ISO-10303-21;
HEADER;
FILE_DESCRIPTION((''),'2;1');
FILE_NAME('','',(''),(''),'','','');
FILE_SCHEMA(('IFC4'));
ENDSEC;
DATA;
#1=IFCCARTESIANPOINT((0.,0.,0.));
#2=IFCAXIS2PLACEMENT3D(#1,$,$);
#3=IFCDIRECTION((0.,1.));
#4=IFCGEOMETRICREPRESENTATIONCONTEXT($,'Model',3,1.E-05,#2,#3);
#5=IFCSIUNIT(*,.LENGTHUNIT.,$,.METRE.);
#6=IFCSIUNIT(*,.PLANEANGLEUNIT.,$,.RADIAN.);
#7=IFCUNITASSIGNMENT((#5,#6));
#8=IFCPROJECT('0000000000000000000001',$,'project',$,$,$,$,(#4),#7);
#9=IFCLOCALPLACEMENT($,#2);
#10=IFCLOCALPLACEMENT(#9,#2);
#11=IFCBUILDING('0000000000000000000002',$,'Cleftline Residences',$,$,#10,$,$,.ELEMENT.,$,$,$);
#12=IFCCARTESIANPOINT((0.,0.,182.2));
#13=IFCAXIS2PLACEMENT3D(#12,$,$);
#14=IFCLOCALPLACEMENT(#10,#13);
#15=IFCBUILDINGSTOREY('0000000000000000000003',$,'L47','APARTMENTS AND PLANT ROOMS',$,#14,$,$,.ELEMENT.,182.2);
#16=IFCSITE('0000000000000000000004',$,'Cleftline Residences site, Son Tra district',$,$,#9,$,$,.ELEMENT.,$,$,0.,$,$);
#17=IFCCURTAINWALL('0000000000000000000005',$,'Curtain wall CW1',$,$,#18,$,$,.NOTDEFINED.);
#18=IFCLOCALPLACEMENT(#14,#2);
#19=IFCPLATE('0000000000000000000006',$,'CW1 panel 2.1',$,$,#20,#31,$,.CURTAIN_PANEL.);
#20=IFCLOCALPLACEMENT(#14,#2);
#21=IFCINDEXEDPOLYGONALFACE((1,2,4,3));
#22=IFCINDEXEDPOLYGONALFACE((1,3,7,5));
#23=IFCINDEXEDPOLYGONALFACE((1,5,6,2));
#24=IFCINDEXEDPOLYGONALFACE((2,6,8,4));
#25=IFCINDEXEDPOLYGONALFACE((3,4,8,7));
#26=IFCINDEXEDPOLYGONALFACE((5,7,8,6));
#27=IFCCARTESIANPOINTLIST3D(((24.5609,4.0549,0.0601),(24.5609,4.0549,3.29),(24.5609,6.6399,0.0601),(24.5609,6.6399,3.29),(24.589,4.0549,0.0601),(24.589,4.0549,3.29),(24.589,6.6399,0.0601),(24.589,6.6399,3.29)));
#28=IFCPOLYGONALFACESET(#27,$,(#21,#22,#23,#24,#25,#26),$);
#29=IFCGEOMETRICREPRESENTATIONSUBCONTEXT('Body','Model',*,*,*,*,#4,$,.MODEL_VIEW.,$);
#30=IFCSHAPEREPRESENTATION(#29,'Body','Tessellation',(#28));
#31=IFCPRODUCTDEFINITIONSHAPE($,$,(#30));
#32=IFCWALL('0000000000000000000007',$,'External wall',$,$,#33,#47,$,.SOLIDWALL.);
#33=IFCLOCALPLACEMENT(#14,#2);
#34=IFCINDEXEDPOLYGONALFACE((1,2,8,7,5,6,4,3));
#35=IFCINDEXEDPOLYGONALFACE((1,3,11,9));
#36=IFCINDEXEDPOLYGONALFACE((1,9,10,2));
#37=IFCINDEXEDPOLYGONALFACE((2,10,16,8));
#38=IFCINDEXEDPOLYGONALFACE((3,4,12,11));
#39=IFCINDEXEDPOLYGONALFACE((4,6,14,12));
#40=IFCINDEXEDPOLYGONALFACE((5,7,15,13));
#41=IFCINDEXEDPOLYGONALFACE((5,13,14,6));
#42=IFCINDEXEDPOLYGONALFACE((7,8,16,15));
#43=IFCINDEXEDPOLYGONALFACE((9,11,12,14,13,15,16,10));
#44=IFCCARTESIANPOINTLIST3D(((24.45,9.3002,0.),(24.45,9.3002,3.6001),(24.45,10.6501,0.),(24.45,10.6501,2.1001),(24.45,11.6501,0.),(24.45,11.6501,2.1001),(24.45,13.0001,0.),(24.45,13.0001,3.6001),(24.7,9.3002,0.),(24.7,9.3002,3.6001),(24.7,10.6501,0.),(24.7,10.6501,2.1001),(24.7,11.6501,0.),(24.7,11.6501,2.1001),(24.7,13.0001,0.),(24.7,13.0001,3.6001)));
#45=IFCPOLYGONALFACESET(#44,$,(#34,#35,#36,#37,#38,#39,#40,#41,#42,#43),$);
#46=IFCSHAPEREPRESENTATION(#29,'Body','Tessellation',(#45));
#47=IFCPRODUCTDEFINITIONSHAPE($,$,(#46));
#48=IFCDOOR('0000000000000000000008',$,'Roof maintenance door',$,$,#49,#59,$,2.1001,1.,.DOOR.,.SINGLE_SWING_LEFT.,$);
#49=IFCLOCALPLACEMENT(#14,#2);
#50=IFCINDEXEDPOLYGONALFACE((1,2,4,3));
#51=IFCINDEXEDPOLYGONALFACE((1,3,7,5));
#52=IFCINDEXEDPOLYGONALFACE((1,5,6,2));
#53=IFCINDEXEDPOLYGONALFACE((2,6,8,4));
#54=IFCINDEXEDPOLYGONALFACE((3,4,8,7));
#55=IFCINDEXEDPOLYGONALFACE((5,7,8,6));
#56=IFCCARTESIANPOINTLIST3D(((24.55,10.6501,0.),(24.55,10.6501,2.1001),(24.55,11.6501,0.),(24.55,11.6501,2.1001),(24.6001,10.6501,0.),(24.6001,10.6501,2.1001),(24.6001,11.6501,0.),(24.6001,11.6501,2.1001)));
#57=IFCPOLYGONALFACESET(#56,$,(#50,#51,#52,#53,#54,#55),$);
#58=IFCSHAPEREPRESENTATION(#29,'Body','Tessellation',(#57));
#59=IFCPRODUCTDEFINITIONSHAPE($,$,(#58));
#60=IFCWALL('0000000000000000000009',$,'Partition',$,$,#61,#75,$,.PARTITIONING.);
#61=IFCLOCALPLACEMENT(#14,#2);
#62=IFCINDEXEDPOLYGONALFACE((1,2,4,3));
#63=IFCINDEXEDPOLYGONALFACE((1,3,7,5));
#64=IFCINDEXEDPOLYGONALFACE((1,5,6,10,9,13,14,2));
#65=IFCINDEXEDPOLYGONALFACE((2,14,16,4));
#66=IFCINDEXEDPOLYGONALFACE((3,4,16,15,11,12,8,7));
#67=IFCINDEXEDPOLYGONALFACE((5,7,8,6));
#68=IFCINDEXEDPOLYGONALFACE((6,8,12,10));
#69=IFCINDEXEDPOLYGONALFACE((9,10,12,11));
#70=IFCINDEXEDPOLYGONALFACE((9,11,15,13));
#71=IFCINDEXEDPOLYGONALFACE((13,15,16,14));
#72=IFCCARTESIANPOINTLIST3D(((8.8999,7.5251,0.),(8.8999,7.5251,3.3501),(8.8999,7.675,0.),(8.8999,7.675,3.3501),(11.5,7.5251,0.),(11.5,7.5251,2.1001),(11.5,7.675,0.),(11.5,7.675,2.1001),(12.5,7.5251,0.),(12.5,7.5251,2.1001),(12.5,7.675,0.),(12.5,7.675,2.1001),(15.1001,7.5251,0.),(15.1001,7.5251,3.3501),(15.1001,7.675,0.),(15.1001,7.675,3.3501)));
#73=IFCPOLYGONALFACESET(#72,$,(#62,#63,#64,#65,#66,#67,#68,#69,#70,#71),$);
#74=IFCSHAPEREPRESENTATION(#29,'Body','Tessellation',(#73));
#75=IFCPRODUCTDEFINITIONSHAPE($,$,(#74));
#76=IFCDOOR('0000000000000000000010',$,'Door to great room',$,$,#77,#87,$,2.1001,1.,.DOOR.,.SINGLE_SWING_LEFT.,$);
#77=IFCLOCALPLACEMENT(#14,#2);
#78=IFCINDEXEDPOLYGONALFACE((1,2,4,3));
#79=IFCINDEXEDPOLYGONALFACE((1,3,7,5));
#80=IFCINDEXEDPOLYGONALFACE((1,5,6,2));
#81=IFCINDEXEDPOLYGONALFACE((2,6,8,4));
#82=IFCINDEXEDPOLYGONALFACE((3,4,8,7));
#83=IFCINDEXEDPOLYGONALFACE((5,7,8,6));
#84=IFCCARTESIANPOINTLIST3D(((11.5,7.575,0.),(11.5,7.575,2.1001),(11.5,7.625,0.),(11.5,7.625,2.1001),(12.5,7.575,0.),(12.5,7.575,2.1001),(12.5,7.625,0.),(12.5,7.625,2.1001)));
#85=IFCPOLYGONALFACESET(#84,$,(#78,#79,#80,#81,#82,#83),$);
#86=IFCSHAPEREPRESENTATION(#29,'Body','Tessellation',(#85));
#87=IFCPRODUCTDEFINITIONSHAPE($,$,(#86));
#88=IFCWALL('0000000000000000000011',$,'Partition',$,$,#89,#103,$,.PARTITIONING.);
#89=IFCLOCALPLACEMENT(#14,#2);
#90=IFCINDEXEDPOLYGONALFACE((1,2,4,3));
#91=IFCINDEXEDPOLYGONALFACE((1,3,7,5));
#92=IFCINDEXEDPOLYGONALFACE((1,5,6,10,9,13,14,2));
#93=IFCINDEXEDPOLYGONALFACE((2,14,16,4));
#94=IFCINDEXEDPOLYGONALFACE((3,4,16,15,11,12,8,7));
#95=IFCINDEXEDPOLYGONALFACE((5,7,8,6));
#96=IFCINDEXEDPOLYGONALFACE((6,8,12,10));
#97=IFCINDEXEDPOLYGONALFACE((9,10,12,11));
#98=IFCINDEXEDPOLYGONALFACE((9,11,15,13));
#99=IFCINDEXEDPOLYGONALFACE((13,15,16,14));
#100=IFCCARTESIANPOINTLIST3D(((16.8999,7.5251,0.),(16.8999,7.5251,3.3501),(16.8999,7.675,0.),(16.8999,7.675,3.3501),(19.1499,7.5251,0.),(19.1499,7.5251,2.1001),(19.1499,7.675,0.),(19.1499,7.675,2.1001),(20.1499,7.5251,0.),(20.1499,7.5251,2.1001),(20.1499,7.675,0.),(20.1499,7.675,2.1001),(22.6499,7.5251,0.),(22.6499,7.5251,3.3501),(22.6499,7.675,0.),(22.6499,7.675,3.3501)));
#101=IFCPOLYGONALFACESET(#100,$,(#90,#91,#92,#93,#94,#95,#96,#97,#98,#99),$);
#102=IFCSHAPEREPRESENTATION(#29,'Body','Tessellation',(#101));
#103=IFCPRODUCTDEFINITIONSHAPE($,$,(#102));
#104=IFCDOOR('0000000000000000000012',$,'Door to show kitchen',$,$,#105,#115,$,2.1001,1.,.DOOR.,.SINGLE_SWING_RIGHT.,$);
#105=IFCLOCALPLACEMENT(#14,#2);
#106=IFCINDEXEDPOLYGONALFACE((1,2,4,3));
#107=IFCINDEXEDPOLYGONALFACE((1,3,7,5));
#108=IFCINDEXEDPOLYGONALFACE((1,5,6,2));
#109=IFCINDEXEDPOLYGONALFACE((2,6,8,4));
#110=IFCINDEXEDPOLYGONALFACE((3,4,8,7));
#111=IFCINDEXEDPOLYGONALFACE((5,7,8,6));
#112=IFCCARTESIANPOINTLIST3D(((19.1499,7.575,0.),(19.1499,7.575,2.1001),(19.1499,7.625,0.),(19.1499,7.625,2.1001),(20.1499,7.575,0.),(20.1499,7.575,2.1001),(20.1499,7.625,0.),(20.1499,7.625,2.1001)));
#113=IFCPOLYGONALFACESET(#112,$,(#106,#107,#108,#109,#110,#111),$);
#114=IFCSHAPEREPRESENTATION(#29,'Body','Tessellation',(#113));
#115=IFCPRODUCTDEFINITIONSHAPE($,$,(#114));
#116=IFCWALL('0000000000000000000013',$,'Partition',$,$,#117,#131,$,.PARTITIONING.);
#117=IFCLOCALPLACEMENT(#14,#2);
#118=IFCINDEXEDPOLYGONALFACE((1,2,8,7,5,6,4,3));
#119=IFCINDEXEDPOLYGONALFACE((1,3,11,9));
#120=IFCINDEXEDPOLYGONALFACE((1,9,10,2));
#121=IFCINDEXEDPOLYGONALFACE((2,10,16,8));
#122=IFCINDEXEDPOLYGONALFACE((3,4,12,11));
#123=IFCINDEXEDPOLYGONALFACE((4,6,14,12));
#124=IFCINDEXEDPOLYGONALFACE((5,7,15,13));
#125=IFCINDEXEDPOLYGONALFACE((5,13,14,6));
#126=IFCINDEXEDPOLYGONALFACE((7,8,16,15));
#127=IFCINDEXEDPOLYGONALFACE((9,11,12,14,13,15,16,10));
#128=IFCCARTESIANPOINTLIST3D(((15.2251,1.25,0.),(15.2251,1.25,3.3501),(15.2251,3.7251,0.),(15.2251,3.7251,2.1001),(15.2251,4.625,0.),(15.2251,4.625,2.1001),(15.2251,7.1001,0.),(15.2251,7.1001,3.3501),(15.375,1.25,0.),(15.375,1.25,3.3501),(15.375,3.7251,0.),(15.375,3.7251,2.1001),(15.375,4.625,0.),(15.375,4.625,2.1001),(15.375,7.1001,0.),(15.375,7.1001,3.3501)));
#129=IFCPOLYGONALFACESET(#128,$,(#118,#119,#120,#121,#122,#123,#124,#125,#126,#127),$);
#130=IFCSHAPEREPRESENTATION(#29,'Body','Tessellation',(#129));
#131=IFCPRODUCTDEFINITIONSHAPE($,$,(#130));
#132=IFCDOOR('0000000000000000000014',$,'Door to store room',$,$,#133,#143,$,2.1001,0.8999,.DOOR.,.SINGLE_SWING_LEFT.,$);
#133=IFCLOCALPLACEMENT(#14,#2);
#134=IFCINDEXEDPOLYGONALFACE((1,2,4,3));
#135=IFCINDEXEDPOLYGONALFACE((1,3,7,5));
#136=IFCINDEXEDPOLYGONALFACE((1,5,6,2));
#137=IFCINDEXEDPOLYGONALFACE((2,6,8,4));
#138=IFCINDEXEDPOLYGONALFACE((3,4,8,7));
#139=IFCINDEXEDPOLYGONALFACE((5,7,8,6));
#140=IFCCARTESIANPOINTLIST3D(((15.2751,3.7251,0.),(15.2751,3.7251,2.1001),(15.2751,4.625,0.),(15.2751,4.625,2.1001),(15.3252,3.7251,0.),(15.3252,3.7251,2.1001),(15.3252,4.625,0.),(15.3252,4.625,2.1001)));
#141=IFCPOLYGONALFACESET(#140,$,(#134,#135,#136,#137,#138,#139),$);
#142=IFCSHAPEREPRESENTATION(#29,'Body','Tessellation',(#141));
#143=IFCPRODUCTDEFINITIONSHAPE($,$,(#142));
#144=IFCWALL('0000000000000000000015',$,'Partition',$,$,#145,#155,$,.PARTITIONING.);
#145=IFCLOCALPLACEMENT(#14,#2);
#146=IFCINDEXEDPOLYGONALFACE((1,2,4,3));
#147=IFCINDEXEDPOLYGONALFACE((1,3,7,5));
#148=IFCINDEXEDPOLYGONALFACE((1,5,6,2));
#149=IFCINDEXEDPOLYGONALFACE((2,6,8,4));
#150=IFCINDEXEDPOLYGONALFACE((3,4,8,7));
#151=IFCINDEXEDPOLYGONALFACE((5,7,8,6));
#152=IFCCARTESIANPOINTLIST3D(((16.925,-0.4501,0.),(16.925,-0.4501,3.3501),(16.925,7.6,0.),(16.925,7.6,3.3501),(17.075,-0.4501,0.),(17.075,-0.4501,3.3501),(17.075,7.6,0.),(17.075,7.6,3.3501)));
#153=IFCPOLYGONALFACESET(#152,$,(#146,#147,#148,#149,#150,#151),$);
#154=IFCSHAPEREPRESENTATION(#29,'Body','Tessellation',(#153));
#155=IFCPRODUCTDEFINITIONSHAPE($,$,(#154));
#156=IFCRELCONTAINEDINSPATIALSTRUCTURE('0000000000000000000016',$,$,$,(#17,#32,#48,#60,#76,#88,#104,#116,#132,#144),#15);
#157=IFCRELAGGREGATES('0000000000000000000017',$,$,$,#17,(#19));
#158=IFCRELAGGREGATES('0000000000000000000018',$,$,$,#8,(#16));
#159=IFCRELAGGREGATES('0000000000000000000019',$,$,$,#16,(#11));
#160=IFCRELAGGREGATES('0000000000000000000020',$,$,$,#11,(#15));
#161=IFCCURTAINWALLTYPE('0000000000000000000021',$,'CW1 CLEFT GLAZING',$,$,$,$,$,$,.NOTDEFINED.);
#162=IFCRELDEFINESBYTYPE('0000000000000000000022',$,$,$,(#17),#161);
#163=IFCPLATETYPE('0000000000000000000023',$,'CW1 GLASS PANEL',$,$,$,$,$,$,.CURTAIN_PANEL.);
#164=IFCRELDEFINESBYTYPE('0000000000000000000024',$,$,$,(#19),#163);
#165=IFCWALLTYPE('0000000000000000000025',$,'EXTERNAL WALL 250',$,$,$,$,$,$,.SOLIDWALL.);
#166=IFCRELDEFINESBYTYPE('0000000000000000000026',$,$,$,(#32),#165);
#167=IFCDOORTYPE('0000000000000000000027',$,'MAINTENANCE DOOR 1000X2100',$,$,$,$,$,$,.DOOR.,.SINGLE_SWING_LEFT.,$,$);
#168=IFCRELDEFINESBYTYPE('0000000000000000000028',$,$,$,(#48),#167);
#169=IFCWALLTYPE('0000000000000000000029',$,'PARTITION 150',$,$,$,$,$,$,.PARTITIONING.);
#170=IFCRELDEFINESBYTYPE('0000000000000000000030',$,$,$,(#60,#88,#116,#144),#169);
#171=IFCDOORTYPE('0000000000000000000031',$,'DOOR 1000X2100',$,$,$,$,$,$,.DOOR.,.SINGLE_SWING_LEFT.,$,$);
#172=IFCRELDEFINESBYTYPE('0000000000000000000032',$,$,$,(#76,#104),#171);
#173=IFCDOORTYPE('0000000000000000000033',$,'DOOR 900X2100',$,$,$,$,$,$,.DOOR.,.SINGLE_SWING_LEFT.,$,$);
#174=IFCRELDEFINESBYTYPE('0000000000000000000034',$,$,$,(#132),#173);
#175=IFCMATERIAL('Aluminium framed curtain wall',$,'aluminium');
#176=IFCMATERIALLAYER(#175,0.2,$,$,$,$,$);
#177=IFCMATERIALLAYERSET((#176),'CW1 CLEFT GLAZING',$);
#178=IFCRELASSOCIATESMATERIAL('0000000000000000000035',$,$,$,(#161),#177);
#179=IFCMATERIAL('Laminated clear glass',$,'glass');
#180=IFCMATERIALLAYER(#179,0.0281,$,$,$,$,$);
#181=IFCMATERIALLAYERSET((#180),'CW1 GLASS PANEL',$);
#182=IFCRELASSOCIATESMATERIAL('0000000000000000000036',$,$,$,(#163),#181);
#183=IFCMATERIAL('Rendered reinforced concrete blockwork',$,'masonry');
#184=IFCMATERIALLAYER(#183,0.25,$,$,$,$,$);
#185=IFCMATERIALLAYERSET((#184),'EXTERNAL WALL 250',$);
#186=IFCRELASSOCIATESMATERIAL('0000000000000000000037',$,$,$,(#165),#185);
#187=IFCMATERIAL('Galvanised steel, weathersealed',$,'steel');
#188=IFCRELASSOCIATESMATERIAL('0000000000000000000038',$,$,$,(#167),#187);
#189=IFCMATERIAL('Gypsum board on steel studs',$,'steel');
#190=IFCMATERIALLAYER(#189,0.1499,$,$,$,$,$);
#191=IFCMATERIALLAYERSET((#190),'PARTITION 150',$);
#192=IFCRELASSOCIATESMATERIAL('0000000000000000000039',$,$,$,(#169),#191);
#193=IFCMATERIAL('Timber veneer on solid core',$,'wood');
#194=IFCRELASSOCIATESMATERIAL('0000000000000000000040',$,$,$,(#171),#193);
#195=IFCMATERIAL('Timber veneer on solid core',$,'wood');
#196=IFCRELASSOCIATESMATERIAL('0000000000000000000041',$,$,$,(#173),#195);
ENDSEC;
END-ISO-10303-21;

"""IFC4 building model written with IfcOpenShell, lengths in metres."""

from ifc_helpers import new_model, si_unit, direction, frame, frame_2d, origin, origin_2d, place, context, subcontext, project, spatial, rectangle, extrude, material, layer, layer_set, type_object, element, fill, aggregate, save


model = new_model("IFC4")

# Units and contexts
model_context = context("Model", 3, precision=1e-05, world=origin(), true_north=direction((0.0, 1.0)))
body_context = subcontext(model_context, "Body", "Model", "MODEL_VIEW")
ifc_project = project(units=[si_unit("LENGTHUNIT", "METRE"), si_unit("PLANEANGLEUNIT", "RADIAN")], contexts=[model_context])

# Site, building, storey
site_placement = place(None, origin())
site = spatial("IfcSite", under=ifc_project, at=site_placement, Name="Cleftline Residences site, Son Tra district", CompositionType="ELEMENT", RefElevation=0.0)
building_placement = place(site_placement, origin())
building = spatial("IfcBuilding", under=site, at=building_placement, Name="Cleftline Residences", CompositionType="ELEMENT")
storey_placement = place(building_placement, frame((0.0, 0.0, 182.2)))
storey = spatial("IfcBuildingStorey", under=building, at=storey_placement, Name="L47", Description="APARTMENTS AND PLANT ROOMS", CompositionType="ELEMENT", Elevation=182.2)

# Curtain wall, plate
ifc_material_1 = material(Name="Aluminium framed curtain wall", Category="aluminium")
ifc_layer_1 = layer(ifc_material_1, 0.2)
ifc_layer_set_1 = layer_set([ifc_layer_1], Name="CW1 CLEFT GLAZING")
curtain_wall_type = type_object("IfcCurtainWallType", Name="CW1 CLEFT GLAZING", PredefinedType="NOTDEFINED", material=ifc_layer_set_1)
curtain_wall_placement = place(storey_placement, origin())
curtain_wall = element("IfcCurtainWall", 1, at=curtain_wall_placement, inside=storey, type_object=curtain_wall_type, Name="Curtain wall CW1", PredefinedType="NOTDEFINED")
ifc_material_2 = material(Name="Laminated clear glass", Category="glass")
ifc_layer_2 = layer(ifc_material_2, 0.0281)
ifc_layer_set_2 = layer_set([ifc_layer_2], Name="CW1 GLASS PANEL")
plate_type = type_object("IfcPlateType", Name="CW1 GLASS PANEL", PredefinedType="CURTAIN_PANEL", material=ifc_layer_set_2)
plate_1_placement = place(storey_placement, frame((24.575, 5.3474, 0.0601), z_axis=(0.0, 0.0, 1.0), x_axis=(0.0, 1.0, 0.0)))
plate_1 = element("IfcPlate", 2, at=plate_1_placement, type_object=plate_type, Name="CW1 panel 2.1", PredefinedType="CURTAIN_PANEL", context=body_context, shape_type="SweptSolid", body=[
    extrude(rectangle(XDim=2.585, YDim=0.0281, at=origin_2d()), origin(), (0.0, 0.0, 1.0), 3.23),
])
aggregate(curtain_wall, [plate_1])

# Walls, openings, doors
ifc_material_3 = material(Name="Rendered reinforced concrete blockwork", Category="masonry")
ifc_layer_3 = layer(ifc_material_3, 0.25)
ifc_layer_set_3 = layer_set([ifc_layer_3], Name="EXTERNAL WALL 250")
wall_type_1 = type_object("IfcWallType", Name="EXTERNAL WALL 250", PredefinedType="SOLIDWALL", material=ifc_layer_set_3)
wall_1_placement = place(storey_placement, frame((24.575, 9.3, 0.0), z_axis=(0.0, 0.0, 1.0), x_axis=(0.0, 1.0, 0.0)))
wall_1 = element("IfcWall", 3, at=wall_1_placement, inside=storey, type_object=wall_type_1, Name="External wall", PredefinedType="SOLIDWALL", context=body_context, shape_type="SweptSolid", body=[
    extrude(rectangle(XDim=3.7, YDim=0.25, at=frame_2d((1.8501, 0.0))), origin(), (0.0, 0.0, 1.0), 3.6001),
])
opening_1_placement = place(wall_1_placement, frame((1.3501, 0.0, 0.0)))
opening_1 = element("IfcOpeningElement", 4, at=opening_1_placement, cuts=wall_1, PredefinedType="OPENING", context=body_context, shape_type="SweptSolid", body=[
    extrude(rectangle(XDim=1.0, YDim=2.1001, at=frame_2d((0.5, 1.05))), frame((0.0, 0.135, 0.0), z_axis=(0.0, -1.0, 0.0), x_axis=(1.0, 0.0, 0.0)), (0.0, 0.0, 1.0), 0.27),
])
ifc_material_4 = material(Name="Galvanised steel, weathersealed", Category="steel")
door_type_1 = type_object("IfcDoorType", Name="MAINTENANCE DOOR 1000X2100", OperationType="SINGLE_SWING_LEFT", PredefinedType="DOOR", material=ifc_material_4)
door_1_placement = place(opening_1_placement, origin())
door_1 = element("IfcDoor", 5, at=door_1_placement, inside=storey, type_object=door_type_1, Name="Roof maintenance door", OperationType="SINGLE_SWING_LEFT", OverallHeight=2.1001, OverallWidth=1.0, PredefinedType="DOOR", context=body_context, shape_type="SweptSolid", body=[
    extrude(rectangle(XDim=1.0, YDim=2.1001, at=frame_2d((0.5, 1.05))), frame((0.0, 0.0249, 0.0), z_axis=(0.0, -1.0, 0.0), x_axis=(1.0, 0.0, 0.0)), (0.0, 0.0, 1.0), 0.05),
])
fill(opening_1, door_1)
ifc_material_5 = material(Name="Gypsum board on steel studs", Category="steel")
ifc_layer_4 = layer(ifc_material_5, 0.1499)
ifc_layer_set_4 = layer_set([ifc_layer_4], Name="PARTITION 150")
wall_type_2 = type_object("IfcWallType", Name="PARTITION 150", PredefinedType="PARTITIONING", material=ifc_layer_set_4)
wall_2_placement = place(storey_placement, frame((8.8999, 7.6001, 0.0), z_axis=(0.0, 0.0, 1.0), x_axis=(1.0, 0.0, 0.0)))
wall_2 = element("IfcWall", 6, at=wall_2_placement, inside=storey, type_object=wall_type_2, Name="Partition", PredefinedType="PARTITIONING", context=body_context, shape_type="SweptSolid", body=[
    extrude(rectangle(XDim=6.2002, YDim=0.1499, at=frame_2d((3.1001, 0.0))), origin(), (0.0, 0.0, 1.0), 3.3501),
])
opening_2_placement = place(wall_2_placement, frame((2.6001, 0.0, 0.0)))
opening_2 = element("IfcOpeningElement", 7, at=opening_2_placement, cuts=wall_2, PredefinedType="OPENING", context=body_context, shape_type="SweptSolid", body=[
    extrude(rectangle(XDim=1.0, YDim=2.1001, at=frame_2d((0.5, 1.05))), frame((0.0, 0.085, 0.0), z_axis=(0.0, -1.0, 0.0), x_axis=(1.0, 0.0, 0.0)), (0.0, 0.0, 1.0), 0.1699),
])
ifc_material_6 = material(Name="Timber veneer on solid core", Category="wood")
door_type_2 = type_object("IfcDoorType", Name="DOOR 1000X2100", OperationType="SINGLE_SWING_LEFT", PredefinedType="DOOR", material=ifc_material_6)
door_2_placement = place(opening_2_placement, origin())
door_2 = element("IfcDoor", 8, at=door_2_placement, inside=storey, type_object=door_type_2, Name="Door to great room", OperationType="SINGLE_SWING_LEFT", OverallHeight=2.1001, OverallWidth=1.0, PredefinedType="DOOR", context=body_context, shape_type="SweptSolid", body=[
    extrude(rectangle(XDim=1.0, YDim=2.1001, at=frame_2d((0.5, 1.05))), frame((0.0, 0.0249, 0.0), z_axis=(0.0, -1.0, 0.0), x_axis=(1.0, 0.0, 0.0)), (0.0, 0.0, 1.0), 0.05),
])
fill(opening_2, door_2)
wall_3_placement = place(storey_placement, frame((16.8999, 7.6001, 0.0), z_axis=(0.0, 0.0, 1.0), x_axis=(1.0, 0.0, 0.0)))
wall_3 = element("IfcWall", 9, at=wall_3_placement, inside=storey, type_object=wall_type_2, Name="Partition", PredefinedType="PARTITIONING", context=body_context, shape_type="SweptSolid", body=[
    extrude(rectangle(XDim=5.75, YDim=0.1499, at=frame_2d((2.875, 0.0))), origin(), (0.0, 0.0, 1.0), 3.3501),
])
opening_3_placement = place(wall_3_placement, frame((2.25, 0.0, 0.0)))
opening_3 = element("IfcOpeningElement", 10, at=opening_3_placement, cuts=wall_3, PredefinedType="OPENING", context=body_context, shape_type="SweptSolid", body=[
    extrude(rectangle(XDim=1.0, YDim=2.1001, at=frame_2d((0.5, 1.05))), frame((0.0, 0.085, 0.0), z_axis=(0.0, -1.0, 0.0), x_axis=(1.0, 0.0, 0.0)), (0.0, 0.0, 1.0), 0.1699),
])
door_3_placement = place(opening_3_placement, origin())
door_3 = element("IfcDoor", 11, at=door_3_placement, inside=storey, type_object=door_type_2, Name="Door to show kitchen", OperationType="SINGLE_SWING_RIGHT", OverallHeight=2.1001, OverallWidth=1.0, PredefinedType="DOOR", context=body_context, shape_type="SweptSolid", body=[
    extrude(rectangle(XDim=1.0, YDim=2.1001, at=frame_2d((0.5, 1.05))), frame((0.0, 0.0249, 0.0), z_axis=(0.0, -1.0, 0.0), x_axis=(1.0, 0.0, 0.0)), (0.0, 0.0, 1.0), 0.05),
])
fill(opening_3, door_3)
wall_4_placement = place(storey_placement, frame((15.3, 1.25, 0.0), z_axis=(0.0, 0.0, 1.0), x_axis=(0.0, 1.0, 0.0)))
wall_4 = element("IfcWall", 12, at=wall_4_placement, inside=storey, type_object=wall_type_2, Name="Partition", PredefinedType="PARTITIONING", context=body_context, shape_type="SweptSolid", body=[
    extrude(rectangle(XDim=5.8501, YDim=0.1499, at=frame_2d((2.925, 0.0))), origin(), (0.0, 0.0, 1.0), 3.3501),
])
opening_4_placement = place(wall_4_placement, frame((2.4751, 0.0, 0.0)))
opening_4 = element("IfcOpeningElement", 13, at=opening_4_placement, cuts=wall_4, PredefinedType="OPENING", context=body_context, shape_type="SweptSolid", body=[
    extrude(rectangle(XDim=0.8999, YDim=2.1001, at=frame_2d((0.45, 1.05))), frame((0.0, 0.085, 0.0), z_axis=(0.0, -1.0, 0.0), x_axis=(1.0, 0.0, 0.0)), (0.0, 0.0, 1.0), 0.1699),
])
ifc_material_7 = material(Name="Timber veneer on solid core", Category="wood")
door_type_3 = type_object("IfcDoorType", Name="DOOR 900X2100", OperationType="SINGLE_SWING_LEFT", PredefinedType="DOOR", material=ifc_material_7)
door_4_placement = place(opening_4_placement, origin())
door_4 = element("IfcDoor", 14, at=door_4_placement, inside=storey, type_object=door_type_3, Name="Door to store room", OperationType="SINGLE_SWING_LEFT", OverallHeight=2.1001, OverallWidth=0.8999, PredefinedType="DOOR", context=body_context, shape_type="SweptSolid", body=[
    extrude(rectangle(XDim=0.8999, YDim=2.1001, at=frame_2d((0.45, 1.05))), frame((0.0, 0.0249, 0.0), z_axis=(0.0, -1.0, 0.0), x_axis=(1.0, 0.0, 0.0)), (0.0, 0.0, 1.0), 0.05),
])
fill(opening_4, door_4)

# Wall
wall_5_placement = place(storey_placement, frame((17.0, -0.45, 0.0), z_axis=(0.0, 0.0, 1.0), x_axis=(0.0, 1.0, 0.0)))
element("IfcWall", 15, at=wall_5_placement, inside=storey, type_object=wall_type_2, Name="Partition", PredefinedType="PARTITIONING", context=body_context, shape_type="SweptSolid", body=[
    extrude(rectangle(XDim=8.05, YDim=0.1499, at=frame_2d((4.0249, 0.0))), origin(), (0.0, 0.0, 1.0), 3.3501),
])

save(model, "model.ifc")
